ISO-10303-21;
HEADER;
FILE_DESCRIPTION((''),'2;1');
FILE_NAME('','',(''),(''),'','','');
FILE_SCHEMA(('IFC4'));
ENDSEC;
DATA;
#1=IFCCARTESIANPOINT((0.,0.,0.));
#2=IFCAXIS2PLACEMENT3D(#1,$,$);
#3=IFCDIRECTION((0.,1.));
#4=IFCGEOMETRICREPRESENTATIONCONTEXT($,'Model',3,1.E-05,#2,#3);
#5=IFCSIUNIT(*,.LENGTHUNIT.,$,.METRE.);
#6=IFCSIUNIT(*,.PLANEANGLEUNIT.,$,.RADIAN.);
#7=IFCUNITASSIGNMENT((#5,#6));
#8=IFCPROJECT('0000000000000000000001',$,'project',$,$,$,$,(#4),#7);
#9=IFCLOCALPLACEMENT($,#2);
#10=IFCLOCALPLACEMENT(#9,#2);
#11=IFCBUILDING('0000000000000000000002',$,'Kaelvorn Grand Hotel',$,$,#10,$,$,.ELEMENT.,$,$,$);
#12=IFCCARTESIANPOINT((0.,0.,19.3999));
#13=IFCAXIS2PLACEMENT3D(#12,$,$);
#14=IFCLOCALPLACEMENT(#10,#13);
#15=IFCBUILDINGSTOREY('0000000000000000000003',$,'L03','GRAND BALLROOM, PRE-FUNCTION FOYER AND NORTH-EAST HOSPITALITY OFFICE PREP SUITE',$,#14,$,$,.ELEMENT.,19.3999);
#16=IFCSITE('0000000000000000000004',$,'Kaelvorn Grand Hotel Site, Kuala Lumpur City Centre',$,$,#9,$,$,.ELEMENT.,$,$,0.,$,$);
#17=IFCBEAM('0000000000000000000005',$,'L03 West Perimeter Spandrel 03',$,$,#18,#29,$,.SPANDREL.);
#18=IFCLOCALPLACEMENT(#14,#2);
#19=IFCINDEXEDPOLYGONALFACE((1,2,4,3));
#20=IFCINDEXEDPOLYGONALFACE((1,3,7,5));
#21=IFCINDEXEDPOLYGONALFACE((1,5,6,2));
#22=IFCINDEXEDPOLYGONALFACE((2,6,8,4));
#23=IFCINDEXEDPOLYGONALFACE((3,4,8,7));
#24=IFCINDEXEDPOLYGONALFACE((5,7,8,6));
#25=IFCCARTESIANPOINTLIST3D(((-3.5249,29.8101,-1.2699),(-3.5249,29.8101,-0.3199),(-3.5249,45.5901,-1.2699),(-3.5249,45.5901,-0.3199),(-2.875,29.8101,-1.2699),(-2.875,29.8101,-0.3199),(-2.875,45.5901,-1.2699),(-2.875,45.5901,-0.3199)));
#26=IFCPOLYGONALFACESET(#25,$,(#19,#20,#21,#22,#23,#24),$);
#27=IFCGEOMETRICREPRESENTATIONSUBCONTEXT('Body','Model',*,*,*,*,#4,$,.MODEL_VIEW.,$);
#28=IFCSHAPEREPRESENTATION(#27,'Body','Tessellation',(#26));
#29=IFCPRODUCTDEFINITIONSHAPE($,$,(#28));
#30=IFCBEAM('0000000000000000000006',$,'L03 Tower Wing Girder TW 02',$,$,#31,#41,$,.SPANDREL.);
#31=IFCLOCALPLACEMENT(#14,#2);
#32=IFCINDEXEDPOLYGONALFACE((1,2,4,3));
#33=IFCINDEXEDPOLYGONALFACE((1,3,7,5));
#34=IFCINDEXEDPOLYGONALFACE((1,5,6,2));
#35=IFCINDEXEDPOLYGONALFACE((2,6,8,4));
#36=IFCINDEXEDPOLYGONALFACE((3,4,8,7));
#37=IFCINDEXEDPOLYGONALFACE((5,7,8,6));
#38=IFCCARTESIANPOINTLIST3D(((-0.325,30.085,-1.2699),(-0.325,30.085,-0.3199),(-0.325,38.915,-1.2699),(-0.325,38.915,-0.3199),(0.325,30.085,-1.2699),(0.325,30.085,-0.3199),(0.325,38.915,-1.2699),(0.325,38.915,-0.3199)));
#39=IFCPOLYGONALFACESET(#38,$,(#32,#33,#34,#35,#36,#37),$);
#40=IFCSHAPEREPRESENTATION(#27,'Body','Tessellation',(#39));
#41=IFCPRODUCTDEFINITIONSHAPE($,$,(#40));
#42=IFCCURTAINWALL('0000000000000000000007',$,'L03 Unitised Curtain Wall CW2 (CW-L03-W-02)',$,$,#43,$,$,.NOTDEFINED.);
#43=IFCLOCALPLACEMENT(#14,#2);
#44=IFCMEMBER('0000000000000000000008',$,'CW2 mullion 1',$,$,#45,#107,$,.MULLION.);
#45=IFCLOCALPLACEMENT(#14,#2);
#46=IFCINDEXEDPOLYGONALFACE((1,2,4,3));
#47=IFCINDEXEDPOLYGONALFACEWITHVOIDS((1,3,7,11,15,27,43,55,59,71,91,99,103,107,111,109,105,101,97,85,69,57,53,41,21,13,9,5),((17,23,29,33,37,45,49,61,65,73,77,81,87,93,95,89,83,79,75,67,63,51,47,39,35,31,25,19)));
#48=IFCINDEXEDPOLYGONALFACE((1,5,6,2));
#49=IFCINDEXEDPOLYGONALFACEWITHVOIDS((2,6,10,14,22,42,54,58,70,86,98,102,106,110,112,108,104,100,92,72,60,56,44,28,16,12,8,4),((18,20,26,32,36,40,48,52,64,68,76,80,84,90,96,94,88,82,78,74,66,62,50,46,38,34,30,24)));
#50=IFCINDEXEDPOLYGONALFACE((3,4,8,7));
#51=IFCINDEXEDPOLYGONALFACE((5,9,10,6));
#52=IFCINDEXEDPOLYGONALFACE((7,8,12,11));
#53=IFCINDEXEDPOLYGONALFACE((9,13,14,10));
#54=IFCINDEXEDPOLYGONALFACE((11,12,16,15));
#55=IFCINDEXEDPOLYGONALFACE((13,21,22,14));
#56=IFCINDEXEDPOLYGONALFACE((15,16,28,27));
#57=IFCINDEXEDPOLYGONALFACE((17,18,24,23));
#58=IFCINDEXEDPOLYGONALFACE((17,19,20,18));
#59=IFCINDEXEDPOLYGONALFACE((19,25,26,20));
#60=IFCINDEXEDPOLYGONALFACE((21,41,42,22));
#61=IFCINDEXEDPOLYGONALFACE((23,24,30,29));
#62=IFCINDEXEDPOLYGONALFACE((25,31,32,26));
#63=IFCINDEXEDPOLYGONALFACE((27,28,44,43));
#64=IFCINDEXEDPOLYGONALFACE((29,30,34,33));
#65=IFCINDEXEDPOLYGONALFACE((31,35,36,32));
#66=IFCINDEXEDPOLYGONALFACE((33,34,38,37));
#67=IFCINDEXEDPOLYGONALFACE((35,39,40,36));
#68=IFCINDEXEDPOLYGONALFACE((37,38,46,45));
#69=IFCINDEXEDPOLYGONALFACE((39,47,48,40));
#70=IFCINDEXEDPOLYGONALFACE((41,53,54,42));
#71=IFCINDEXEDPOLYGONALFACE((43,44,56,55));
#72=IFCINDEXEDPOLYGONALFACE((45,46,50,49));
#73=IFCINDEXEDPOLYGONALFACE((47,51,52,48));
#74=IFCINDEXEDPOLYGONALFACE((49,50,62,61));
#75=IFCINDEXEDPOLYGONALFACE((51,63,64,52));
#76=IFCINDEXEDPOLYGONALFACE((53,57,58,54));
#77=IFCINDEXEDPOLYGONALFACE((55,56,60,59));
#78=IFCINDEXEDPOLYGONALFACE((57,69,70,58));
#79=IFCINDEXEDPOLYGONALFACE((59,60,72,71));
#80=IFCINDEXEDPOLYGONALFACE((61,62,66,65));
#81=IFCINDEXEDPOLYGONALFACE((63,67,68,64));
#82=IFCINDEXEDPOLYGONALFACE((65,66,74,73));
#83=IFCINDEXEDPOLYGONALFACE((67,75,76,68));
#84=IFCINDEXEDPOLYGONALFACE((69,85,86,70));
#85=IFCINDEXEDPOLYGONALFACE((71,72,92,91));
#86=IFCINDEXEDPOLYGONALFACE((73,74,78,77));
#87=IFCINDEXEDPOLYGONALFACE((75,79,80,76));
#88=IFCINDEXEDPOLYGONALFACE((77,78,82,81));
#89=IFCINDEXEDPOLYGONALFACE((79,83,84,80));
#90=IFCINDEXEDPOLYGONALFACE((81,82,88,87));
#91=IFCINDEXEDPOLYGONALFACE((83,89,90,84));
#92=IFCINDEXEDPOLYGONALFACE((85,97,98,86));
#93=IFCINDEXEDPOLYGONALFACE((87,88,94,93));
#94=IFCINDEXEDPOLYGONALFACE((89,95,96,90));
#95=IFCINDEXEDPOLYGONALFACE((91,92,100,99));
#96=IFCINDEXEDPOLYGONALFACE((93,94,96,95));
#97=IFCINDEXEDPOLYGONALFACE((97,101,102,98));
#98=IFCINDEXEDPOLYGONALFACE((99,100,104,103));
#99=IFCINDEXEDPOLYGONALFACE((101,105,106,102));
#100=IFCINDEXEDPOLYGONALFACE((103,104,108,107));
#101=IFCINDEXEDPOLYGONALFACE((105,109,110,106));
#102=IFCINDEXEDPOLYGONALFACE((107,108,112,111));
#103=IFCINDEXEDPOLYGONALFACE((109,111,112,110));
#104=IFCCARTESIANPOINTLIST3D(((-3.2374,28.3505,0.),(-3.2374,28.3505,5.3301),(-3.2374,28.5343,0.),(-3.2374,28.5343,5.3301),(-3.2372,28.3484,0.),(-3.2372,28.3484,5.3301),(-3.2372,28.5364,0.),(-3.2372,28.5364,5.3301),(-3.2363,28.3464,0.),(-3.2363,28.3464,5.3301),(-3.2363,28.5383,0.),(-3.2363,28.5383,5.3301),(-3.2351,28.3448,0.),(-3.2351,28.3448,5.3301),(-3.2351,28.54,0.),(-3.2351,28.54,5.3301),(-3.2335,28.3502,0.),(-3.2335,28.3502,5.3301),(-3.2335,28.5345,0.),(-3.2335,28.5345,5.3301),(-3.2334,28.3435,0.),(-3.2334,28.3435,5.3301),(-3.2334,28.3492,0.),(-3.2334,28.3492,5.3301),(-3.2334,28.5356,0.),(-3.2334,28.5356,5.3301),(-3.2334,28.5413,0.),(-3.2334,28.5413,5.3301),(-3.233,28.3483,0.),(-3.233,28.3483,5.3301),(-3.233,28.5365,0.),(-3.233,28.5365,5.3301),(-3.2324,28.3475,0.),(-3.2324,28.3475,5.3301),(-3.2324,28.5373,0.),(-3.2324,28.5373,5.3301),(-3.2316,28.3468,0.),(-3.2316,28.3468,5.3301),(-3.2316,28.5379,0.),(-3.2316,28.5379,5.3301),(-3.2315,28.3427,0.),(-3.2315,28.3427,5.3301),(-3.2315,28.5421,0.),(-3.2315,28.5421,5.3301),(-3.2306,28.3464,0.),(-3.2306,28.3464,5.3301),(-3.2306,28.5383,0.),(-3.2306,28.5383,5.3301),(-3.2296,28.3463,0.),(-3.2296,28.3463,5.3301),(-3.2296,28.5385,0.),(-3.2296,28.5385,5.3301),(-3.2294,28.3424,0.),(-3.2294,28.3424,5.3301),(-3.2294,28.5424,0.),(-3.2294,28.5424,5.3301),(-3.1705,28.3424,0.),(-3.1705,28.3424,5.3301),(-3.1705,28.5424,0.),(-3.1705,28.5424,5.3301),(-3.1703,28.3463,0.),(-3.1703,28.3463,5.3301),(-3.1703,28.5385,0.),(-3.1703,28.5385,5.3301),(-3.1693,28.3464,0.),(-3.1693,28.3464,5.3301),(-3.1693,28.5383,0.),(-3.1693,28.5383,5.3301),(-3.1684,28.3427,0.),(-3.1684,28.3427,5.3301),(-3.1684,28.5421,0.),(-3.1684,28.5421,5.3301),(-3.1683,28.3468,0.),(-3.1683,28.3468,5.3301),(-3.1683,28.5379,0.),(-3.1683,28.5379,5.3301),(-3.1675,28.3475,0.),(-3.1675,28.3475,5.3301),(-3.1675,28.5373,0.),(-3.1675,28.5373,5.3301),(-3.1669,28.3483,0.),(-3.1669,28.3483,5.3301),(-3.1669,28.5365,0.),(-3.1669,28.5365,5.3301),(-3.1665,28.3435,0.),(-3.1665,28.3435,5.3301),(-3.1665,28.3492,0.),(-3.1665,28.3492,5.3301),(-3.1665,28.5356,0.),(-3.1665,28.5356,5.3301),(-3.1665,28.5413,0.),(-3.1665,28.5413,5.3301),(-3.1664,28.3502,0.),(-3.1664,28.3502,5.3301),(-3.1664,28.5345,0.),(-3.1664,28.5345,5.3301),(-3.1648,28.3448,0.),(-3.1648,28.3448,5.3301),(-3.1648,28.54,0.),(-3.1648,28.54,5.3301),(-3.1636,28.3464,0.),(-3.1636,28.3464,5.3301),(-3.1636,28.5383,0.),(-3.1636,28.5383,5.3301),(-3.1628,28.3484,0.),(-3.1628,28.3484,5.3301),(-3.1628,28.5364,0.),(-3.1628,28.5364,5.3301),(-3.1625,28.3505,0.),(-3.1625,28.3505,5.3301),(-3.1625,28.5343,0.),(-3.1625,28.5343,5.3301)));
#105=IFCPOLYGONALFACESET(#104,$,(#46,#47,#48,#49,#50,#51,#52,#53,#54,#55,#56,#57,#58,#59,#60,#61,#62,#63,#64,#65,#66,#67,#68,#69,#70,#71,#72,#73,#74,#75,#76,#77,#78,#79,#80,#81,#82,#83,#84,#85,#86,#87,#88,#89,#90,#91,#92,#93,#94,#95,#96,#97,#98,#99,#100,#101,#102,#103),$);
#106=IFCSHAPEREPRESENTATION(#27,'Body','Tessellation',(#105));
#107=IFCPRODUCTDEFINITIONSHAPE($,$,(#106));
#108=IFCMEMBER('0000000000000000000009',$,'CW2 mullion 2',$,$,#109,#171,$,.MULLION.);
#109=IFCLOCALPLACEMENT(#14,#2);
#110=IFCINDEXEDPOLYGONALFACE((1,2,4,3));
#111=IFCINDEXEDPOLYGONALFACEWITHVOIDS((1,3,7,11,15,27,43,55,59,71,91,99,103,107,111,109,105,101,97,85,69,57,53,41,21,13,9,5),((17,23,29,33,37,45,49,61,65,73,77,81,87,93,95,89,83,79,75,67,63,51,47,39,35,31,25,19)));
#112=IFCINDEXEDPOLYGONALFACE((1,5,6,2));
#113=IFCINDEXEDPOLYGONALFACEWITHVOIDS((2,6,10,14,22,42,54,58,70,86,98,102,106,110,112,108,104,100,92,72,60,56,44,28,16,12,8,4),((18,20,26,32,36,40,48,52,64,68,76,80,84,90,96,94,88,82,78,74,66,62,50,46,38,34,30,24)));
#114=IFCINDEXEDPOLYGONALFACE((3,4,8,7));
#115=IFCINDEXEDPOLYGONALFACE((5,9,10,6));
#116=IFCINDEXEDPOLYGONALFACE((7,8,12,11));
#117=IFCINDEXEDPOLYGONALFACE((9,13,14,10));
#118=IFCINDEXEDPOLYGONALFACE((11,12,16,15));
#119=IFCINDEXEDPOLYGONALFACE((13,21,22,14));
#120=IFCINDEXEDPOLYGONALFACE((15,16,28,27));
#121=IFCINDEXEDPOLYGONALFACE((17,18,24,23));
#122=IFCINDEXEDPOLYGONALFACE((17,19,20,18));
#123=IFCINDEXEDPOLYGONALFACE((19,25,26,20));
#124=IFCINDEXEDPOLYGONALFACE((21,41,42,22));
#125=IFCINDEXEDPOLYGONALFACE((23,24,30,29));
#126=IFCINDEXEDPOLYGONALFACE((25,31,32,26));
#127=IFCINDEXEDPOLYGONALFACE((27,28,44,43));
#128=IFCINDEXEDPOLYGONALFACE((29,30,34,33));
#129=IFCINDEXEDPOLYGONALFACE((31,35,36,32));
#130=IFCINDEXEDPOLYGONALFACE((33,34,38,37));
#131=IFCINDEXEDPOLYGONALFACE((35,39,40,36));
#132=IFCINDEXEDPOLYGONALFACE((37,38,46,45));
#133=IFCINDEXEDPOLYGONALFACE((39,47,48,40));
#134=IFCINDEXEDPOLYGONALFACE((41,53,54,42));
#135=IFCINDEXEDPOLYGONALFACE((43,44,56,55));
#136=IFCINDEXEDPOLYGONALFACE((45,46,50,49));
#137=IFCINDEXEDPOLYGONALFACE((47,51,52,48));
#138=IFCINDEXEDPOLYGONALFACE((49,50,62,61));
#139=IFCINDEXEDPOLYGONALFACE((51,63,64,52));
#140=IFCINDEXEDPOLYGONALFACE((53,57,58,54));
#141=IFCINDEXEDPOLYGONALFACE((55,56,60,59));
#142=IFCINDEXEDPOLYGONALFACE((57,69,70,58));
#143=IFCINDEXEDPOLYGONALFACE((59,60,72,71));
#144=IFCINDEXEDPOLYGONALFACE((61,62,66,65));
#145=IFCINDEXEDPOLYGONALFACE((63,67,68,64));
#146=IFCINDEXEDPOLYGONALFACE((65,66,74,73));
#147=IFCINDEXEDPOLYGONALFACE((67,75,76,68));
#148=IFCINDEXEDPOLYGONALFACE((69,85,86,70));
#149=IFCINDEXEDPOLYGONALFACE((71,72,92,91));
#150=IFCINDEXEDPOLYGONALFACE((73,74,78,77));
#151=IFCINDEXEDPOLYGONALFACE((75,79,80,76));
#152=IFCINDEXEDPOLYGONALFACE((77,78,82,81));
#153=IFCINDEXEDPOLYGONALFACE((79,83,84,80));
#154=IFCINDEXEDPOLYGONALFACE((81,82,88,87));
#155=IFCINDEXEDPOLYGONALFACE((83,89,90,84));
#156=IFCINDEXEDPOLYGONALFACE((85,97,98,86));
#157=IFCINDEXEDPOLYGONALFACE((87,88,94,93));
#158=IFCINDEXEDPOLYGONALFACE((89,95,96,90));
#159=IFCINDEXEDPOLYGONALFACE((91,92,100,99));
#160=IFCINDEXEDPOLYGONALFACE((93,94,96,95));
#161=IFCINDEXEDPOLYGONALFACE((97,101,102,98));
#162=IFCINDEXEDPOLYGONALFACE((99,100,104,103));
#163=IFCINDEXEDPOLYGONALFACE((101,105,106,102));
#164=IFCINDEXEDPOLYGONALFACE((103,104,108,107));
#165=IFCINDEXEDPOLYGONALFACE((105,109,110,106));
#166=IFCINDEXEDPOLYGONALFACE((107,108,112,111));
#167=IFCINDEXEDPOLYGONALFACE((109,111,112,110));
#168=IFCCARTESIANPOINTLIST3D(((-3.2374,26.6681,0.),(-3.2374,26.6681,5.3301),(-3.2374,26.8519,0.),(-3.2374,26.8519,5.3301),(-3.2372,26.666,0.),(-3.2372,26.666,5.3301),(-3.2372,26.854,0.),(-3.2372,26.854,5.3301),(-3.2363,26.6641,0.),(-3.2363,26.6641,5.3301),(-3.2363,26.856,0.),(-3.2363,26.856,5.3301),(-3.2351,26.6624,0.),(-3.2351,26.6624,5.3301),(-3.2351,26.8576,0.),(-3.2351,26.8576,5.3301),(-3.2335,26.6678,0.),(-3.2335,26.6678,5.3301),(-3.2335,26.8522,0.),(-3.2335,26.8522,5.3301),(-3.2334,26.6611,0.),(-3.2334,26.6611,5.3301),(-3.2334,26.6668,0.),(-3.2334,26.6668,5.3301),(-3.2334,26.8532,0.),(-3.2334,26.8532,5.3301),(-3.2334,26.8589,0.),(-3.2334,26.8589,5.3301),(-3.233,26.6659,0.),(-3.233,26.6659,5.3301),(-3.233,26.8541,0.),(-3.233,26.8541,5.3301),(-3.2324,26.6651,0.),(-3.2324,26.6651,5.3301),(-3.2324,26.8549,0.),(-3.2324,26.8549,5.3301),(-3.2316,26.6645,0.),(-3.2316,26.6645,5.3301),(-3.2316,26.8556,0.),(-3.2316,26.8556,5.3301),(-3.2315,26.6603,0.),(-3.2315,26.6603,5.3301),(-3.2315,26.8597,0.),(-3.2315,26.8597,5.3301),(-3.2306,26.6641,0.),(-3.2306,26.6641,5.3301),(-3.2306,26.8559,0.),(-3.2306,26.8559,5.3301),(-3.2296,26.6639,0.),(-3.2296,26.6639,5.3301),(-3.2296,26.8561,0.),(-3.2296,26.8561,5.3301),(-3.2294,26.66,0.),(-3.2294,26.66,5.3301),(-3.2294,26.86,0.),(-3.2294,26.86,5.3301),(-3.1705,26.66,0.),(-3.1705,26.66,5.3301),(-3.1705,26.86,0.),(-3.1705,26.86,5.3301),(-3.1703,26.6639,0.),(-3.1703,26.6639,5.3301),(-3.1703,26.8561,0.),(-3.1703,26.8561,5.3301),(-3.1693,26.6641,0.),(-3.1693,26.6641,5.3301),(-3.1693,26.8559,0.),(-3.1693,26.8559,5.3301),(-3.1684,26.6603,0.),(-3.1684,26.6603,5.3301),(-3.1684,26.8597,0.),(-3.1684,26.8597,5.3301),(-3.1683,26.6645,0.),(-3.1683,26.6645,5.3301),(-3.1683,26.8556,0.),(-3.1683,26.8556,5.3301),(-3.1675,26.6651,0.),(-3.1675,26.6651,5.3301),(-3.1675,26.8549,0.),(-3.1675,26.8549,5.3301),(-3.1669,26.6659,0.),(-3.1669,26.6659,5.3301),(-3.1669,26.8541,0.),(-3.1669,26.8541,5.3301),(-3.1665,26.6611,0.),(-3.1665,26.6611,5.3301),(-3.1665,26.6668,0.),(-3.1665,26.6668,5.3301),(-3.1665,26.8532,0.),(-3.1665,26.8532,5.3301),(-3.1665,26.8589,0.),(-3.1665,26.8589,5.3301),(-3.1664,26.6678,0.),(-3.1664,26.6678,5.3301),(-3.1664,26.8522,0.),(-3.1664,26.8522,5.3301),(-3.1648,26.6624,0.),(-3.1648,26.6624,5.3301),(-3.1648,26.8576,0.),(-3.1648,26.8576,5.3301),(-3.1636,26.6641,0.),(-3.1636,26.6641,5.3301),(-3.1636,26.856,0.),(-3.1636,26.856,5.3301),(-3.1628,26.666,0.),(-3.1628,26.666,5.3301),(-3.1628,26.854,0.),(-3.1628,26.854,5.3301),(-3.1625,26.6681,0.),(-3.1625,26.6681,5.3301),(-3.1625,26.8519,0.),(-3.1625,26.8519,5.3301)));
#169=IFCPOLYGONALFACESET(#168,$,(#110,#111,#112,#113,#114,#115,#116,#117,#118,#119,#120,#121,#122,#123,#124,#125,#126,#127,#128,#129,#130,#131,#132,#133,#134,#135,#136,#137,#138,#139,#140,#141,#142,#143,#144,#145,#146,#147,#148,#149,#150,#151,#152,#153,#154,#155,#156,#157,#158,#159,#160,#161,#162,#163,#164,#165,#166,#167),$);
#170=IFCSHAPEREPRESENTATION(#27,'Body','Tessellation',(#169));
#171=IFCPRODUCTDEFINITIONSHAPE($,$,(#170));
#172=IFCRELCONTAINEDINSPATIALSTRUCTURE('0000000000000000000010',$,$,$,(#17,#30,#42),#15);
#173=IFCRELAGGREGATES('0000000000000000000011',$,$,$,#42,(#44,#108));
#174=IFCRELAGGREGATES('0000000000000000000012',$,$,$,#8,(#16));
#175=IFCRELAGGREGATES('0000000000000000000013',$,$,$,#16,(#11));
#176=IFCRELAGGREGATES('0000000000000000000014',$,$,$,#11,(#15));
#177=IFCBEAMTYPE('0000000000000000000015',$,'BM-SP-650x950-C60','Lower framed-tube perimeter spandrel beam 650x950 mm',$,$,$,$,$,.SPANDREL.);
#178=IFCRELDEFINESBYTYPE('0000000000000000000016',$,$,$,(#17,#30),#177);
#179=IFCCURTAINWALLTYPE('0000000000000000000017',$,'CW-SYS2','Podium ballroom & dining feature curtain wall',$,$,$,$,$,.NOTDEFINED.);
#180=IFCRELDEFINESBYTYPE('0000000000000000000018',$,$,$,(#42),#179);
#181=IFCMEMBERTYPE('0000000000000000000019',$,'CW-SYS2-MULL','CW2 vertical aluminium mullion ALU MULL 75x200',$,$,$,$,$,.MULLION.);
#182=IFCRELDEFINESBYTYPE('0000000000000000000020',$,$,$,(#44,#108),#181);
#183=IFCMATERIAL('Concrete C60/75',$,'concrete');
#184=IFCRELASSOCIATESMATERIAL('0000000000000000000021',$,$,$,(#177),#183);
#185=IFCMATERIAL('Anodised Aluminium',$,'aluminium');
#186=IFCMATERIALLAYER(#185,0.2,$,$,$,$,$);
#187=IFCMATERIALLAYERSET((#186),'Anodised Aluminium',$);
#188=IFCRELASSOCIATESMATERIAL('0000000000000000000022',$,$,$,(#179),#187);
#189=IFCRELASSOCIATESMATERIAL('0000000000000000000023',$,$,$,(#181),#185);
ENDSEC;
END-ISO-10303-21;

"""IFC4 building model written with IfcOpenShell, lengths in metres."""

from ifc_helpers import new_model, si_unit, direction, frame, origin, origin_2d, place, context, subcontext, project, spatial, rectangle, hollow_rectangle, extrude, material, layer, layer_set, material_profile, profile_set, type_object, element, aggregate, save


model = new_model("IFC4")

# Units and contexts
model_context = context("Model", 3, precision=1e-05, world=origin(), true_north=direction((0.0, 1.0)))
body_context = subcontext(model_context, "Body", "Model", "MODEL_VIEW")
ifc_project = project(units=[si_unit("LENGTHUNIT", "METRE"), si_unit("PLANEANGLEUNIT", "RADIAN")], contexts=[model_context])

# Site, building, storey
site_placement = place(None, origin())
site = spatial("IfcSite", under=ifc_project, at=site_placement, Name="Kaelvorn Grand Hotel Site, Kuala Lumpur City Centre", CompositionType="ELEMENT", RefElevation=0.0)
building_placement = place(site_placement, origin())
building = spatial("IfcBuilding", under=site, at=building_placement, Name="Kaelvorn Grand Hotel", CompositionType="ELEMENT")
storey_placement = place(building_placement, frame((0.0, 0.0, 19.3999)))
storey = spatial("IfcBuildingStorey", under=building, at=storey_placement, Name="L03", Description="GRAND BALLROOM, PRE-FUNCTION FOYER AND NORTH-EAST HOSPITALITY OFFICE PREP SUITE", CompositionType="ELEMENT", Elevation=19.3999)

# Beams
ifc_material_1 = material(Name="Concrete C60/75", Category="concrete")
ifc_material_profile_1 = material_profile(ifc_material_1, rectangle(XDim=0.6499, YDim=0.95, at=origin_2d()), Name="RC SPANDREL 650x950")
ifc_profile_set_1 = profile_set([ifc_material_profile_1], Name="Concrete C60/75")
beam_type_1 = type_object("IfcBeamType", Name="BM-SP-650x950-C60", Description="Lower framed-tube perimeter spandrel beam 650x950 mm", PredefinedType="SPANDREL", material=ifc_profile_set_1)
beam_1_placement = place(storey_placement, frame((-3.2, 29.8101, -0.7949), z_axis=(0.0, 1.0, 0.0), x_axis=(-1.0, 0.0, 0.0)))
element("IfcBeam", 1, at=beam_1_placement, inside=storey, type_object=beam_type_1, Name="L03 West Perimeter Spandrel 03", PredefinedType="SPANDREL", context=body_context, shape_type="SweptSolid", body=[
    extrude(rectangle(XDim=0.6499, YDim=0.95, at=origin_2d()), origin(), (0.0, 0.0, 1.0), 15.78),
])
beam_2_placement = place(storey_placement, frame((0.0, 30.085, -0.7949), z_axis=(0.0, 1.0, 0.0), x_axis=(-1.0, 0.0, 0.0)))
element("IfcBeam", 2, at=beam_2_placement, inside=storey, type_object=beam_type_1, Name="L03 Tower Wing Girder TW 02", PredefinedType="SPANDREL", context=body_context, shape_type="SweptSolid", body=[
    extrude(rectangle(XDim=0.6499, YDim=0.95, at=origin_2d()), origin(), (0.0, 0.0, 1.0), 8.8301),
])

# Curtain wall, members
ifc_material_2 = material(Name="Anodised Aluminium", Category="aluminium")
ifc_layer_1 = layer(ifc_material_2, 0.2)
ifc_layer_set_1 = layer_set([ifc_layer_1], Name="Anodised Aluminium")
curtain_wall_type = type_object("IfcCurtainWallType", Name="CW-SYS2", Description="Podium ballroom & dining feature curtain wall", PredefinedType="NOTDEFINED", material=ifc_layer_set_1)
curtain_wall_placement = place(storey_placement, origin())
curtain_wall = element("IfcCurtainWall", 3, at=curtain_wall_placement, inside=storey, type_object=curtain_wall_type, Name="L03 Unitised Curtain Wall CW2 (CW-L03-W-02)", PredefinedType="NOTDEFINED")
ifc_material_profile_2 = material_profile(ifc_material_2, hollow_rectangle(XDim=0.075, YDim=0.2, WallThickness=0.0039, InnerFilletRadius=0.0039, OuterFilletRadius=0.0081, at=origin_2d()), Name="ALU MULL 75x200")
ifc_profile_set_2 = profile_set([ifc_material_profile_2], Name="Anodised Aluminium")
member_type_1 = type_object("IfcMemberType", Name="CW-SYS2-MULL", Description="CW2 vertical aluminium mullion ALU MULL 75x200", PredefinedType="MULLION", material=ifc_profile_set_2)
member_1_placement = place(storey_placement, frame((-3.2, 28.4424, 0.0), z_axis=(0.0, 0.0, 1.0), x_axis=(1.0, 0.0, 0.0)))
member_1 = element("IfcMember", 4, at=member_1_placement, type_object=member_type_1, Name="CW2 mullion 1", PredefinedType="MULLION", context=body_context, shape_type="SweptSolid", body=[
    extrude(hollow_rectangle(XDim=0.075, YDim=0.2, WallThickness=0.0039, InnerFilletRadius=0.0039, OuterFilletRadius=0.0081, at=origin_2d()), origin(), (0.0, 0.0, 1.0), 5.3301),
])
member_2_placement = place(storey_placement, frame((-3.2, 26.76, 0.0), z_axis=(0.0, 0.0, 1.0), x_axis=(1.0, 0.0, 0.0)))
member_2 = element("IfcMember", 5, at=member_2_placement, type_object=member_type_1, Name="CW2 mullion 2", PredefinedType="MULLION", context=body_context, shape_type="SweptSolid", body=[
    extrude(hollow_rectangle(XDim=0.075, YDim=0.2, WallThickness=0.0039, InnerFilletRadius=0.0039, OuterFilletRadius=0.0081, at=origin_2d()), origin(), (0.0, 0.0, 1.0), 5.3301),
])
aggregate(curtain_wall, [member_1, member_2])

save(model, "model.ifc")
